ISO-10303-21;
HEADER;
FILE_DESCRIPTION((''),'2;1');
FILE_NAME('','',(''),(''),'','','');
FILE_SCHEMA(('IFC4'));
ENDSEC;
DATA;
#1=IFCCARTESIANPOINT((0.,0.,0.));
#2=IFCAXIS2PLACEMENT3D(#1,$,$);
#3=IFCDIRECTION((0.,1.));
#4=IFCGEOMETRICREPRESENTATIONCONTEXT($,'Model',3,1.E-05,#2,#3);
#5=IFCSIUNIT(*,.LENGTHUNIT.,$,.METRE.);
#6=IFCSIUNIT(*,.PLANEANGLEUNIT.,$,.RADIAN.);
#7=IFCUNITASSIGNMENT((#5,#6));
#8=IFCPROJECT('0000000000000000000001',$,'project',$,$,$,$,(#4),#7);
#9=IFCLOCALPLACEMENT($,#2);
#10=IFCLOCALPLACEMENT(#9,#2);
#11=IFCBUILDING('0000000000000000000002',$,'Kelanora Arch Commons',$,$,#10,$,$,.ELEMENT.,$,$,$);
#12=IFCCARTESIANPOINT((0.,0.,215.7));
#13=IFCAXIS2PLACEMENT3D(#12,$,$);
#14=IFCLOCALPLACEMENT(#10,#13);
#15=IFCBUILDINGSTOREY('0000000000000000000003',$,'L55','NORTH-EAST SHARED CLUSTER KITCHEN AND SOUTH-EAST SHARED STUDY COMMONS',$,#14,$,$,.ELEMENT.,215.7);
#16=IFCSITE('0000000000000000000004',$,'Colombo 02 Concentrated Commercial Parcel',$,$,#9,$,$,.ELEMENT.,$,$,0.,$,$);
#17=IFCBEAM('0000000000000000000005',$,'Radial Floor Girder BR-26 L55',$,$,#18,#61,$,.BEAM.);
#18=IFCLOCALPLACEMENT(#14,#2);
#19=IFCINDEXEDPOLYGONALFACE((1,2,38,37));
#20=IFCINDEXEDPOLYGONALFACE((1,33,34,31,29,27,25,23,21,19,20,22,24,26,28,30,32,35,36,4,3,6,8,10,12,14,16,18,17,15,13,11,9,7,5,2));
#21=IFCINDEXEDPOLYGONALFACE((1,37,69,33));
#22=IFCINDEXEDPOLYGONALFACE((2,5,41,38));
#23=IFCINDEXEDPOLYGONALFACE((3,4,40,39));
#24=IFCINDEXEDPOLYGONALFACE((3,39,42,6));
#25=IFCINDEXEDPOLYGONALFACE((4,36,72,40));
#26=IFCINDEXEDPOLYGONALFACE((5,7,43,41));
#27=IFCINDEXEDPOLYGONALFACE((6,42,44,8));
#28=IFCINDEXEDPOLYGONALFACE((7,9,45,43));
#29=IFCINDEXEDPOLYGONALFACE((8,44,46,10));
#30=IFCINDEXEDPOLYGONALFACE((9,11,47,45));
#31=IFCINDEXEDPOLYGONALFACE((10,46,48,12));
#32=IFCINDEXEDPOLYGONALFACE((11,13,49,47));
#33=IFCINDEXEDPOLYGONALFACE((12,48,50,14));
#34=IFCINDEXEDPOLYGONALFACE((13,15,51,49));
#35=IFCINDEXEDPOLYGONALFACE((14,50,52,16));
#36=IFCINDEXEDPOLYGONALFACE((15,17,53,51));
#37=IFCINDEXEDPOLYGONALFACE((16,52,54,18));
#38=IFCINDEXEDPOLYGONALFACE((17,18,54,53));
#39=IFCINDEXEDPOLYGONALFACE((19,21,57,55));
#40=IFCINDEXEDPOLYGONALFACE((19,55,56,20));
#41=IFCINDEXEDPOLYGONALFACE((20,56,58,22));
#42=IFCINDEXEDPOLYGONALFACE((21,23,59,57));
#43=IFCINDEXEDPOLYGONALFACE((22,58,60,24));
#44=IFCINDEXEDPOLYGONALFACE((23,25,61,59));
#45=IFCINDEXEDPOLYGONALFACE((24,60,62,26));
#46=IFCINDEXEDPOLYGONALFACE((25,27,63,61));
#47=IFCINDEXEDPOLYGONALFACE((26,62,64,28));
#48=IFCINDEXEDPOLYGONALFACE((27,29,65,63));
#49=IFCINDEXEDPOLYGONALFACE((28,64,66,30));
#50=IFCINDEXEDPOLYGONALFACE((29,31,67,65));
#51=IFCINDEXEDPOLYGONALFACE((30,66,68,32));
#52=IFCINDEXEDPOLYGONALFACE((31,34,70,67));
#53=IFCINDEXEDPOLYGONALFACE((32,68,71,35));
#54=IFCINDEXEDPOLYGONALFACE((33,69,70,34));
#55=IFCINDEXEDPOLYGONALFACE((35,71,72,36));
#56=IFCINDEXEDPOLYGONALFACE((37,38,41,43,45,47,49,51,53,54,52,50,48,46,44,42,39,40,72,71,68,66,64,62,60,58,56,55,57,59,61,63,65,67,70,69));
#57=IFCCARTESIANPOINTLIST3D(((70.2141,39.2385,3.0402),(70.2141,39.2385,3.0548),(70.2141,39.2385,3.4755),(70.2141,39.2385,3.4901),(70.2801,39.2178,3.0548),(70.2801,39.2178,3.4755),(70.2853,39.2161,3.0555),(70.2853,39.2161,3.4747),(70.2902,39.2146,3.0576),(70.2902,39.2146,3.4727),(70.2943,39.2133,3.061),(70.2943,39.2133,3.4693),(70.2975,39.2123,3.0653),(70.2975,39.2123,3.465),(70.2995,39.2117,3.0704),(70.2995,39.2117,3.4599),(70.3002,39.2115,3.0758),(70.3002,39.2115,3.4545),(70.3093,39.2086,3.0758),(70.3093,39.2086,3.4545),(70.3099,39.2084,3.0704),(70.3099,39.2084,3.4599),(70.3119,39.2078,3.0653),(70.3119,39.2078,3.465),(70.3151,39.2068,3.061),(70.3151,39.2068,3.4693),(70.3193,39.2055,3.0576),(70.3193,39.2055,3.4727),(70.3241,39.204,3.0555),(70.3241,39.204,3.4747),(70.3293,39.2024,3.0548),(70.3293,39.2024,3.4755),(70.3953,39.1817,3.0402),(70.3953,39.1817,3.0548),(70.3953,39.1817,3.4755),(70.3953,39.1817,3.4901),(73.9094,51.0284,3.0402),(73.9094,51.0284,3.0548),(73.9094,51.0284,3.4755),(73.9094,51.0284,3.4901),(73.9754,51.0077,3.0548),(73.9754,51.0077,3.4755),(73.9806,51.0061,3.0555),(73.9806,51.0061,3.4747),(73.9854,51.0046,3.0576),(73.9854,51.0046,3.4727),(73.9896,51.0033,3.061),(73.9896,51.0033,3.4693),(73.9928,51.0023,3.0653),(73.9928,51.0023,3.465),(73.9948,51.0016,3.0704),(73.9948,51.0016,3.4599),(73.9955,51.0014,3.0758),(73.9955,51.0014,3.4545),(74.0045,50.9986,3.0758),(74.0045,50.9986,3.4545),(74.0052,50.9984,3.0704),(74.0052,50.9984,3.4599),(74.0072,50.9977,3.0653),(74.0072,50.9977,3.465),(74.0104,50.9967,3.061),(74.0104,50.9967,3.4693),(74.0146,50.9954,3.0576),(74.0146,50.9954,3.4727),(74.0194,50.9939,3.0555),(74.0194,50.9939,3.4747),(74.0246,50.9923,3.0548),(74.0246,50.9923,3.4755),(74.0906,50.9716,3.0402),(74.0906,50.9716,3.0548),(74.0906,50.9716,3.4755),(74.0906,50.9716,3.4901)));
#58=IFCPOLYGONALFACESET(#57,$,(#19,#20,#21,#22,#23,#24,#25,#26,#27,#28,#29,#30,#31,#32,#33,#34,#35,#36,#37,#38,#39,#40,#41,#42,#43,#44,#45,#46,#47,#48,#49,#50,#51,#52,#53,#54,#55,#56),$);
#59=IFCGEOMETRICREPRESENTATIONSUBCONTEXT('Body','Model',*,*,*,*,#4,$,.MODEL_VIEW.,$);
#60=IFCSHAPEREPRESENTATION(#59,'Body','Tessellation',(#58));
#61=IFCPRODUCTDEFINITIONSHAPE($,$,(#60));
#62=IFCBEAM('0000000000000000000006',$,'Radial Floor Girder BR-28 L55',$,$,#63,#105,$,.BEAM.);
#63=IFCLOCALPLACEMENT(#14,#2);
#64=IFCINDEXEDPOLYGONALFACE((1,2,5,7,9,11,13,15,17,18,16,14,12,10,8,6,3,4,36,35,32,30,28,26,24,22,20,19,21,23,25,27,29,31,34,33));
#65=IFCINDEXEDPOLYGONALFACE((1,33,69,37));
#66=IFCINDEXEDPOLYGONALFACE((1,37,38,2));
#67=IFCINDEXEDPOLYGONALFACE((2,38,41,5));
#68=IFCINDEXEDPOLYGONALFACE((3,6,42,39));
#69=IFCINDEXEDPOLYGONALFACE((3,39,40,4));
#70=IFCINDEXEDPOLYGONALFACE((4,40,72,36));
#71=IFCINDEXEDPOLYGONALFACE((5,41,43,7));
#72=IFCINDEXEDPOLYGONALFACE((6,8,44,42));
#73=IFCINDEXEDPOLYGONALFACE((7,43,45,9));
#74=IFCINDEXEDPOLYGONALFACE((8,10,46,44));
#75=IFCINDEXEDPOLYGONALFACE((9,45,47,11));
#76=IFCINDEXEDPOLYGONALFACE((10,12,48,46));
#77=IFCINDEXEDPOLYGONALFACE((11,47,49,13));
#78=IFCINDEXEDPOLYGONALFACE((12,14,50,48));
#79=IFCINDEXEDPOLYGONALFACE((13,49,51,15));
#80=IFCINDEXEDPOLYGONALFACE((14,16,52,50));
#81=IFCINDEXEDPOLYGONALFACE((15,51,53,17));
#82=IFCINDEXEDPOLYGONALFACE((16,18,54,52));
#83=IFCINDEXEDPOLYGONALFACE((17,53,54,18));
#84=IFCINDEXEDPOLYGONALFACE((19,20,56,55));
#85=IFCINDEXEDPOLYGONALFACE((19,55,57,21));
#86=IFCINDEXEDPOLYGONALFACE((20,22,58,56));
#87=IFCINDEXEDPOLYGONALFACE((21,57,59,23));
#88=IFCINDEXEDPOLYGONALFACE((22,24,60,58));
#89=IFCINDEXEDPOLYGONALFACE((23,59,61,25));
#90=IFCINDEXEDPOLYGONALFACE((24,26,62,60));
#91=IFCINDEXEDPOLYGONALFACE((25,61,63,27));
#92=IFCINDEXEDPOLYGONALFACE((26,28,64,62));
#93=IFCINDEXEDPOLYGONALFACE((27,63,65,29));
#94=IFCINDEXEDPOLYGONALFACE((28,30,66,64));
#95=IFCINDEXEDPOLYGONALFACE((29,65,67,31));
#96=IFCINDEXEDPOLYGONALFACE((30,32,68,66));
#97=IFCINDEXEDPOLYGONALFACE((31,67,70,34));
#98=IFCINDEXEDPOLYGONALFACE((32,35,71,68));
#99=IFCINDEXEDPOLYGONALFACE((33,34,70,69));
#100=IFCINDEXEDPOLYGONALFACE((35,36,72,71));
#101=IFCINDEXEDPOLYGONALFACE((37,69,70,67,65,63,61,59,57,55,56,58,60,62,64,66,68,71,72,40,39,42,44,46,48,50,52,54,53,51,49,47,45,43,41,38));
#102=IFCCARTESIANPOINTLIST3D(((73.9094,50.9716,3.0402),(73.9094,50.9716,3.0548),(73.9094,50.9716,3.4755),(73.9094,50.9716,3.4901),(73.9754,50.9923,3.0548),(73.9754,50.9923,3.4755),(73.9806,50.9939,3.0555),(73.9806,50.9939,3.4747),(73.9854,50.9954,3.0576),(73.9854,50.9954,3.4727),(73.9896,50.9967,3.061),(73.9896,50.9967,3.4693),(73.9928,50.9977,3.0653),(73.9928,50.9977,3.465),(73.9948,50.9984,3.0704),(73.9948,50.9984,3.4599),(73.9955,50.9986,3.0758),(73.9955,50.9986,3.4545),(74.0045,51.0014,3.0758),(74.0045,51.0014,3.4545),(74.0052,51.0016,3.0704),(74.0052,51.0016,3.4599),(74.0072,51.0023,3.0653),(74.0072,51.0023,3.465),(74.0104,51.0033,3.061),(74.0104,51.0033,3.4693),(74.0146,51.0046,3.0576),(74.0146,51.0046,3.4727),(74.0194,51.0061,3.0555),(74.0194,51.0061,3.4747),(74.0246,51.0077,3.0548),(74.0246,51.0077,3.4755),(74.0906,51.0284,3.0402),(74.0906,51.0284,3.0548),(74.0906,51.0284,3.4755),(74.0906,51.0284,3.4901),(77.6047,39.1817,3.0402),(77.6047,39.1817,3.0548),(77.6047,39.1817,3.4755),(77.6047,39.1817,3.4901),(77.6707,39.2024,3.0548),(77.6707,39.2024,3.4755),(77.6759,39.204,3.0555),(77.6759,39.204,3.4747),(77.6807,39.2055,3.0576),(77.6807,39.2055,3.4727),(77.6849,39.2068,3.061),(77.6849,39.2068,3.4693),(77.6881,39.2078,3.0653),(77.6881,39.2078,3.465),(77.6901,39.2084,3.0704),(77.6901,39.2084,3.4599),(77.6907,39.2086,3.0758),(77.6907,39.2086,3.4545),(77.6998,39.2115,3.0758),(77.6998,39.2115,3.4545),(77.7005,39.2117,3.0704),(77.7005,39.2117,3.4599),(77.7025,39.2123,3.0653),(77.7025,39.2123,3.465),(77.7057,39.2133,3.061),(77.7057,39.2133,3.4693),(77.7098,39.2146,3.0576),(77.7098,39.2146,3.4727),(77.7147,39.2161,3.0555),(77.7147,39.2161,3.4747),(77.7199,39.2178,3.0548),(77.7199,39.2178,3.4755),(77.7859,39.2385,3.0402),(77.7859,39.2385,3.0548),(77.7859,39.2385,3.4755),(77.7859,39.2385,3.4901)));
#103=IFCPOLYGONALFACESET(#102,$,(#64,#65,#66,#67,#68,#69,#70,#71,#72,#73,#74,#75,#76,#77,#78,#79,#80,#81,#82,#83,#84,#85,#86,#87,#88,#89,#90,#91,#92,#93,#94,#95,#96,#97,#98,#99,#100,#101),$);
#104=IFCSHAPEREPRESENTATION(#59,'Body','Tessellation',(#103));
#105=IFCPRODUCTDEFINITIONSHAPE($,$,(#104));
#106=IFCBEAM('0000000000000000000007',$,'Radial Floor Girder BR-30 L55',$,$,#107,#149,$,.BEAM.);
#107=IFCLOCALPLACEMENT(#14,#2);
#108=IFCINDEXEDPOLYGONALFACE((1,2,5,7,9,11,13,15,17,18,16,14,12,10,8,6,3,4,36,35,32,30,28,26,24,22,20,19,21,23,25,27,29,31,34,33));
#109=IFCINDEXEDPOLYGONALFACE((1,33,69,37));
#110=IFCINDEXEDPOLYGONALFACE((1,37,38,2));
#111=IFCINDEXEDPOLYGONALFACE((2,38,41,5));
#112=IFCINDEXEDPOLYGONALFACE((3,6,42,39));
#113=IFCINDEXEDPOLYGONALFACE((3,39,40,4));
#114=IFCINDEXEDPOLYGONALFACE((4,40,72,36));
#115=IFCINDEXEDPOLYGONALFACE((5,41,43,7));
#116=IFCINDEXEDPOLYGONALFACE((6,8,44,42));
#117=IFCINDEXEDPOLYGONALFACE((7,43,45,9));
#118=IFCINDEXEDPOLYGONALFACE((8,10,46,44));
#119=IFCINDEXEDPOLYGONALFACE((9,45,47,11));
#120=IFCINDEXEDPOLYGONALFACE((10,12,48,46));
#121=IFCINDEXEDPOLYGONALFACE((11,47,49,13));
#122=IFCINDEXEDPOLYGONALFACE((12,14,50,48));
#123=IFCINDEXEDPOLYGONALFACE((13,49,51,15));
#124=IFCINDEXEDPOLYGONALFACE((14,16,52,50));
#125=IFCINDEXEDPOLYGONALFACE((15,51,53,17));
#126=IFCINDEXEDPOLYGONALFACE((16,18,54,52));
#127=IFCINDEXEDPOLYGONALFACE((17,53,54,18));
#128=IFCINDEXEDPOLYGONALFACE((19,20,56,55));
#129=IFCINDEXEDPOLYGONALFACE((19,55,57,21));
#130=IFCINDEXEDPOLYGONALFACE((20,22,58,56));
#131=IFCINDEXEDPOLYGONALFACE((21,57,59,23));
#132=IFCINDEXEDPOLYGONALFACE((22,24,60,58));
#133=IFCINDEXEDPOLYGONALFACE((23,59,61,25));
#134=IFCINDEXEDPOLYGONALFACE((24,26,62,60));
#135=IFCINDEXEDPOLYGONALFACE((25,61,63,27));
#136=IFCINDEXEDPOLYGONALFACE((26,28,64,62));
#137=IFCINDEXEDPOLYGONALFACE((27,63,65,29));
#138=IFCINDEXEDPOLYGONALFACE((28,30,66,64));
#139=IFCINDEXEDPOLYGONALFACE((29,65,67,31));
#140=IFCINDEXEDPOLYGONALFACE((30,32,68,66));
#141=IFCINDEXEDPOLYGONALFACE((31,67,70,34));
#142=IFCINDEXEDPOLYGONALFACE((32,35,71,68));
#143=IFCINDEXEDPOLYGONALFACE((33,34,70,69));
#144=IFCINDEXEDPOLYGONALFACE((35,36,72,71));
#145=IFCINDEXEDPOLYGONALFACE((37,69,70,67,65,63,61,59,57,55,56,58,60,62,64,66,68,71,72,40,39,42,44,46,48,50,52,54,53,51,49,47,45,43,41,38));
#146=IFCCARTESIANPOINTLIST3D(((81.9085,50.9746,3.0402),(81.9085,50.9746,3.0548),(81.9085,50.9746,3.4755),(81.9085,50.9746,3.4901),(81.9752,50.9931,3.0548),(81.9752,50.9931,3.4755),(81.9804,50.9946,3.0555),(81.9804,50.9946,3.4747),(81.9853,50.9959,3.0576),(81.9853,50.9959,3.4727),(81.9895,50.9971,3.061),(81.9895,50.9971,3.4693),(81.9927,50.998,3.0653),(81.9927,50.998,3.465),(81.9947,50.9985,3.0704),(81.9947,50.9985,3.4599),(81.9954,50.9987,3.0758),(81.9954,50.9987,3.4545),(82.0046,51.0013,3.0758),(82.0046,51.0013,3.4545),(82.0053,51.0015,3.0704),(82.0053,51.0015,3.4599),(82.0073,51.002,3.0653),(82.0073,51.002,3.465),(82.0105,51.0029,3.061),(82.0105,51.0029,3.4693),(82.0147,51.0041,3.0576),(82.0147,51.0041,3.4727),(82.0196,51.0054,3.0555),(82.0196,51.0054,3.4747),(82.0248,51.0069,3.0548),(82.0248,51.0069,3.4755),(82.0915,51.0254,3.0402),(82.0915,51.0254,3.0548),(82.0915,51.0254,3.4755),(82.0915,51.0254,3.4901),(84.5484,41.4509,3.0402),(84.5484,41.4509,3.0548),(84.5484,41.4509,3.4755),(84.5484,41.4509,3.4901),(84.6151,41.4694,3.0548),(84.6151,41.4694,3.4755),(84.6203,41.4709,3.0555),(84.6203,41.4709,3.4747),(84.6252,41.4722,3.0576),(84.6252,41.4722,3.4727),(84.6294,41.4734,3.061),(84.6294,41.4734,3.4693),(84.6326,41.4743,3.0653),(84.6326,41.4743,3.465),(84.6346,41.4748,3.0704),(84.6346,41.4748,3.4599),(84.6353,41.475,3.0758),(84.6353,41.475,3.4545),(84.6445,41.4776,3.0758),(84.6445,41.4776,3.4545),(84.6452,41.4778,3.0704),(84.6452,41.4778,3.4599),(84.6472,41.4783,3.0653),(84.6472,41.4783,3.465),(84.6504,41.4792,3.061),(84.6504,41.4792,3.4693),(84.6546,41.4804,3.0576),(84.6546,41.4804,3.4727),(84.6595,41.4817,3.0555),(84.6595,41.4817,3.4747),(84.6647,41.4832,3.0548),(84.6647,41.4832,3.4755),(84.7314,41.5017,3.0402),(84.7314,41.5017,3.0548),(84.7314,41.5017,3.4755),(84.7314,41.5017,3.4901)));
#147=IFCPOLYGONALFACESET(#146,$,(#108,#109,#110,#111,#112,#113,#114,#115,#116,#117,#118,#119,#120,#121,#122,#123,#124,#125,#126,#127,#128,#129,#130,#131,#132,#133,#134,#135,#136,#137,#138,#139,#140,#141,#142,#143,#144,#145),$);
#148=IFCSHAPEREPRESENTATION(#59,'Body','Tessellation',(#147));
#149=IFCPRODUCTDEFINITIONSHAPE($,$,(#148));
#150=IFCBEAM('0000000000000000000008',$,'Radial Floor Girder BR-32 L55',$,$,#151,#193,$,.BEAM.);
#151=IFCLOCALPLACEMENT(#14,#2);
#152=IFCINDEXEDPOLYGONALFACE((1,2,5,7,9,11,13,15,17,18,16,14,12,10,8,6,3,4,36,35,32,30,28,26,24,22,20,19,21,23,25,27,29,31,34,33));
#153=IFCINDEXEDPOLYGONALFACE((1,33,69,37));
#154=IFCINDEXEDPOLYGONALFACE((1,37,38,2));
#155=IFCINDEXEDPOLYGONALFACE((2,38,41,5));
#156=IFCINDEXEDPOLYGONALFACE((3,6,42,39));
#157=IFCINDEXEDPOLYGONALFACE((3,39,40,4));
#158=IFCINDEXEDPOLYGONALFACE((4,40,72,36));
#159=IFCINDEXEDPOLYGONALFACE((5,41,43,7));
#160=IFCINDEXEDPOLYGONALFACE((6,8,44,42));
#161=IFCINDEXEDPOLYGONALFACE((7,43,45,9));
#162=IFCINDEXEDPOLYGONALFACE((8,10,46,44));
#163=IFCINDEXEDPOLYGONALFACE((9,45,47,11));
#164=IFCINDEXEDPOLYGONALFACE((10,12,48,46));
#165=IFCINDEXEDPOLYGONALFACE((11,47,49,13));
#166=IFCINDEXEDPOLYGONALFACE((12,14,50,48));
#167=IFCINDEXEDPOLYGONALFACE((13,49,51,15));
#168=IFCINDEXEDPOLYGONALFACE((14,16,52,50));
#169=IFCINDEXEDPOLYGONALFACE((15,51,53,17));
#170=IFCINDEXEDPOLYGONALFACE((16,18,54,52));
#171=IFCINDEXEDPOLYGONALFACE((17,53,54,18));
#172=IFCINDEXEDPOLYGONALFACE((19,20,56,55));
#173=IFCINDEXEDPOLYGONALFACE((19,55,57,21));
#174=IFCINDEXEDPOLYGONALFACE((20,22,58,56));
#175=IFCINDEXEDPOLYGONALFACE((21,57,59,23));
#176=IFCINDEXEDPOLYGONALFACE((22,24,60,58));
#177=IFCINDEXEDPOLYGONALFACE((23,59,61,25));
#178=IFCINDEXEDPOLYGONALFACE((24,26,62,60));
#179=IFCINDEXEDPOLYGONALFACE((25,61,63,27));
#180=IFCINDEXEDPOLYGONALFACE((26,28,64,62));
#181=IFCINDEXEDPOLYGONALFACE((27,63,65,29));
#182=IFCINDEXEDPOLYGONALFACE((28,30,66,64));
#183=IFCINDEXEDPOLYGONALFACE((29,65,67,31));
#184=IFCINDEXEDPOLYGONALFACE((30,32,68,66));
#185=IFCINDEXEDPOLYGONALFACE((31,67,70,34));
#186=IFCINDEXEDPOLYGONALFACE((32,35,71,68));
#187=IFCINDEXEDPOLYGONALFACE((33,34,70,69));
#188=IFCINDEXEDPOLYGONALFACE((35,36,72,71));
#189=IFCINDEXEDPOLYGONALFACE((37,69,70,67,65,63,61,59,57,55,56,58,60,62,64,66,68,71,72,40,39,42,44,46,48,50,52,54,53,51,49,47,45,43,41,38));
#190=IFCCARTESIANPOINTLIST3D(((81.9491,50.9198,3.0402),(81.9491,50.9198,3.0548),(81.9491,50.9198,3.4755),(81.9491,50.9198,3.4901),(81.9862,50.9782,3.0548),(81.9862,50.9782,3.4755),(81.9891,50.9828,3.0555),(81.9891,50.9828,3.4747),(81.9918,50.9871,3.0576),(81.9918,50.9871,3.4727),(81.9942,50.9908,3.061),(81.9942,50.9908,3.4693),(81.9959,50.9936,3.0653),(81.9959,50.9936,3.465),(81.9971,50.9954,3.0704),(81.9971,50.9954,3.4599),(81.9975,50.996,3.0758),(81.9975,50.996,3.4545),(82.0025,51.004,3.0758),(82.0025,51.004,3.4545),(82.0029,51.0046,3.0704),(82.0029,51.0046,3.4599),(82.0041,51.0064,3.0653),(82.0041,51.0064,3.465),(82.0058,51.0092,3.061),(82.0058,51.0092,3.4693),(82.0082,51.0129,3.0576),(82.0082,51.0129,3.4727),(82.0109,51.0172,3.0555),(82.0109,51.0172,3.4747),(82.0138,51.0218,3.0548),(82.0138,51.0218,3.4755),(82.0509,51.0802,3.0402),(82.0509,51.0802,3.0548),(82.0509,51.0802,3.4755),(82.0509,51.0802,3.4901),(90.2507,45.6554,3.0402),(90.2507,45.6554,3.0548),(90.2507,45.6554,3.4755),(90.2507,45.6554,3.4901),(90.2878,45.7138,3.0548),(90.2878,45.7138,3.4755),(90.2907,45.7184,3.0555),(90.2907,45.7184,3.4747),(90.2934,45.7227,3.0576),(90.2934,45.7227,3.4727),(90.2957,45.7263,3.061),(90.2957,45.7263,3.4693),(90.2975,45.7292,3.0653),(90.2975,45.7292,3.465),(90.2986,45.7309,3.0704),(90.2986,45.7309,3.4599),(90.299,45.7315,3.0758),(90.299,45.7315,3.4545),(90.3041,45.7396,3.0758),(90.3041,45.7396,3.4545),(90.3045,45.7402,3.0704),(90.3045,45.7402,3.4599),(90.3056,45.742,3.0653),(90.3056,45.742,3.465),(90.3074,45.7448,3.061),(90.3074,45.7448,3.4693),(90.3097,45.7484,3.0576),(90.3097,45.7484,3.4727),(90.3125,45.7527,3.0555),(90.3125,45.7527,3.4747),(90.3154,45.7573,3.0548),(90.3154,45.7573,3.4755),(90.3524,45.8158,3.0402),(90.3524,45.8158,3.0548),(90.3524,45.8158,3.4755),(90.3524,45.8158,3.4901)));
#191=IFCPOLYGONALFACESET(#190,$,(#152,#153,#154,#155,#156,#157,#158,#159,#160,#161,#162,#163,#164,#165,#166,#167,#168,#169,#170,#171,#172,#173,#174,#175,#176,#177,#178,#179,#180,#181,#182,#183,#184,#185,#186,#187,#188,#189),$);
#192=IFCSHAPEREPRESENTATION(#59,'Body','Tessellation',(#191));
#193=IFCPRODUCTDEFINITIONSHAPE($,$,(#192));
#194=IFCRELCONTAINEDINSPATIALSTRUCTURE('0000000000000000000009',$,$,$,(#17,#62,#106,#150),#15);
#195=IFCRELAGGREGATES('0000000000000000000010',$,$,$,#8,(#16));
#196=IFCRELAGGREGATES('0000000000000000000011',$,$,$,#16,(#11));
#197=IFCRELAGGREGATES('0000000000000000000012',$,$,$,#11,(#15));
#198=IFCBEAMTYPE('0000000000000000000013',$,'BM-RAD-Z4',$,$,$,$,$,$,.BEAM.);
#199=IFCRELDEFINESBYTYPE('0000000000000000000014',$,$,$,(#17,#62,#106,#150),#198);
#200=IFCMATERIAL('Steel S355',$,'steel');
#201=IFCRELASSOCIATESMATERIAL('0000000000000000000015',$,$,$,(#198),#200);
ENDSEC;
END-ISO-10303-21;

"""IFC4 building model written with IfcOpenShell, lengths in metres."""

from ifc_helpers import new_model, si_unit, direction, frame, origin, origin_2d, place, context, subcontext, project, spatial, i_section, extrude, material, material_profile, profile_set, type_object, element, save


model = new_model("IFC4")

# Units and contexts
model_context = context("Model", 3, precision=1e-05, world=origin(), true_north=direction((0.0, 1.0)))
body_context = subcontext(model_context, "Body", "Model", "MODEL_VIEW")
ifc_project = project(units=[si_unit("LENGTHUNIT", "METRE"), si_unit("PLANEANGLEUNIT", "RADIAN")], contexts=[model_context])

# Site, building, storey
site_placement = place(None, origin())
site = spatial("IfcSite", under=ifc_project, at=site_placement, Name="Colombo 02 Concentrated Commercial Parcel", CompositionType="ELEMENT", RefElevation=0.0)
building_placement = place(site_placement, origin())
building = spatial("IfcBuilding", under=site, at=building_placement, Name="Kelanora Arch Commons", CompositionType="ELEMENT")
storey_placement = place(building_placement, frame((0.0, 0.0, 215.7)))
storey = spatial("IfcBuildingStorey", under=building, at=storey_placement, Name="L55", Description="NORTH-EAST SHARED CLUSTER KITCHEN AND SOUTH-EAST SHARED STUDY COMMONS", CompositionType="ELEMENT", Elevation=215.7)

# Beams
ifc_material_1 = material(Name="Steel S355", Category="steel")
ifc_material_profile_1 = material_profile(ifc_material_1, i_section(OverallWidth=0.1899, OverallDepth=0.45, WebThickness=0.0095, FlangeThickness=0.0146, FilletRadius=0.021, at=origin_2d()), Name="IPE450")
ifc_profile_set_1 = profile_set([ifc_material_profile_1], Name="Steel S355")
beam_type_1 = type_object("IfcBeamType", Name="BM-RAD-Z4", PredefinedType="BEAM", material=ifc_profile_set_1)
for number, where, z_axis, x_axis, name in (
    (1, (74.0, 51.0, 3.2651), (-0.29908, -0.954228, 0.0), (0.954228, -0.29908, 0.0), "Radial Floor Girder BR-26 L55"),
    (2, (74.0, 51.0, 3.2651), (0.29908, -0.954228, 0.0), (0.954228, 0.29908, 0.0), "Radial Floor Girder BR-28 L55"),
):
    element("IfcBeam", number, at=place(storey_placement, frame(where, z_axis=z_axis, x_axis=x_axis)), inside=storey, type_object=beam_type_1, Name=name, PredefinedType="BEAM", context=body_context, shape_type="SweptSolid", body=[
        extrude(i_section(OverallWidth=0.1899, OverallDepth=0.45, WebThickness=0.0095, FlangeThickness=0.0146, FilletRadius=0.021, at=origin_2d()), origin(), (0.0, 0.0, 1.0), 12.3555),
    ])
beam_1_placement = place(storey_placement, frame((82.0, 51.0, 3.2651), z_axis=(0.26712, -0.963663, 0.0), x_axis=(0.963663, 0.26712, 0.0)))
element("IfcBeam", 3, at=beam_1_placement, inside=storey, type_object=beam_type_1, Name="Radial Floor Girder BR-30 L55", PredefinedType="BEAM", context=body_context, shape_type="SweptSolid", body=[
    extrude(i_section(OverallWidth=0.1899, OverallDepth=0.45, WebThickness=0.0095, FlangeThickness=0.0146, FilletRadius=0.021, at=origin_2d()), origin(), (0.0, 0.0, 1.0), 9.8828),
])
beam_2_placement = place(storey_placement, frame((82.0, 51.0, 3.2651), z_axis=(0.844507, -0.535544, 0.0), x_axis=(0.535544, 0.844507, 0.0)))
element("IfcBeam", 4, at=beam_2_placement, inside=storey, type_object=beam_type_1, Name="Radial Floor Girder BR-32 L55", PredefinedType="BEAM", context=body_context, shape_type="SweptSolid", body=[
    extrude(i_section(OverallWidth=0.1899, OverallDepth=0.45, WebThickness=0.0095, FlangeThickness=0.0146, FilletRadius=0.021, at=origin_2d()), origin(), (0.0, 0.0, 1.0), 9.8301),
])

save(model, "model.ifc")
